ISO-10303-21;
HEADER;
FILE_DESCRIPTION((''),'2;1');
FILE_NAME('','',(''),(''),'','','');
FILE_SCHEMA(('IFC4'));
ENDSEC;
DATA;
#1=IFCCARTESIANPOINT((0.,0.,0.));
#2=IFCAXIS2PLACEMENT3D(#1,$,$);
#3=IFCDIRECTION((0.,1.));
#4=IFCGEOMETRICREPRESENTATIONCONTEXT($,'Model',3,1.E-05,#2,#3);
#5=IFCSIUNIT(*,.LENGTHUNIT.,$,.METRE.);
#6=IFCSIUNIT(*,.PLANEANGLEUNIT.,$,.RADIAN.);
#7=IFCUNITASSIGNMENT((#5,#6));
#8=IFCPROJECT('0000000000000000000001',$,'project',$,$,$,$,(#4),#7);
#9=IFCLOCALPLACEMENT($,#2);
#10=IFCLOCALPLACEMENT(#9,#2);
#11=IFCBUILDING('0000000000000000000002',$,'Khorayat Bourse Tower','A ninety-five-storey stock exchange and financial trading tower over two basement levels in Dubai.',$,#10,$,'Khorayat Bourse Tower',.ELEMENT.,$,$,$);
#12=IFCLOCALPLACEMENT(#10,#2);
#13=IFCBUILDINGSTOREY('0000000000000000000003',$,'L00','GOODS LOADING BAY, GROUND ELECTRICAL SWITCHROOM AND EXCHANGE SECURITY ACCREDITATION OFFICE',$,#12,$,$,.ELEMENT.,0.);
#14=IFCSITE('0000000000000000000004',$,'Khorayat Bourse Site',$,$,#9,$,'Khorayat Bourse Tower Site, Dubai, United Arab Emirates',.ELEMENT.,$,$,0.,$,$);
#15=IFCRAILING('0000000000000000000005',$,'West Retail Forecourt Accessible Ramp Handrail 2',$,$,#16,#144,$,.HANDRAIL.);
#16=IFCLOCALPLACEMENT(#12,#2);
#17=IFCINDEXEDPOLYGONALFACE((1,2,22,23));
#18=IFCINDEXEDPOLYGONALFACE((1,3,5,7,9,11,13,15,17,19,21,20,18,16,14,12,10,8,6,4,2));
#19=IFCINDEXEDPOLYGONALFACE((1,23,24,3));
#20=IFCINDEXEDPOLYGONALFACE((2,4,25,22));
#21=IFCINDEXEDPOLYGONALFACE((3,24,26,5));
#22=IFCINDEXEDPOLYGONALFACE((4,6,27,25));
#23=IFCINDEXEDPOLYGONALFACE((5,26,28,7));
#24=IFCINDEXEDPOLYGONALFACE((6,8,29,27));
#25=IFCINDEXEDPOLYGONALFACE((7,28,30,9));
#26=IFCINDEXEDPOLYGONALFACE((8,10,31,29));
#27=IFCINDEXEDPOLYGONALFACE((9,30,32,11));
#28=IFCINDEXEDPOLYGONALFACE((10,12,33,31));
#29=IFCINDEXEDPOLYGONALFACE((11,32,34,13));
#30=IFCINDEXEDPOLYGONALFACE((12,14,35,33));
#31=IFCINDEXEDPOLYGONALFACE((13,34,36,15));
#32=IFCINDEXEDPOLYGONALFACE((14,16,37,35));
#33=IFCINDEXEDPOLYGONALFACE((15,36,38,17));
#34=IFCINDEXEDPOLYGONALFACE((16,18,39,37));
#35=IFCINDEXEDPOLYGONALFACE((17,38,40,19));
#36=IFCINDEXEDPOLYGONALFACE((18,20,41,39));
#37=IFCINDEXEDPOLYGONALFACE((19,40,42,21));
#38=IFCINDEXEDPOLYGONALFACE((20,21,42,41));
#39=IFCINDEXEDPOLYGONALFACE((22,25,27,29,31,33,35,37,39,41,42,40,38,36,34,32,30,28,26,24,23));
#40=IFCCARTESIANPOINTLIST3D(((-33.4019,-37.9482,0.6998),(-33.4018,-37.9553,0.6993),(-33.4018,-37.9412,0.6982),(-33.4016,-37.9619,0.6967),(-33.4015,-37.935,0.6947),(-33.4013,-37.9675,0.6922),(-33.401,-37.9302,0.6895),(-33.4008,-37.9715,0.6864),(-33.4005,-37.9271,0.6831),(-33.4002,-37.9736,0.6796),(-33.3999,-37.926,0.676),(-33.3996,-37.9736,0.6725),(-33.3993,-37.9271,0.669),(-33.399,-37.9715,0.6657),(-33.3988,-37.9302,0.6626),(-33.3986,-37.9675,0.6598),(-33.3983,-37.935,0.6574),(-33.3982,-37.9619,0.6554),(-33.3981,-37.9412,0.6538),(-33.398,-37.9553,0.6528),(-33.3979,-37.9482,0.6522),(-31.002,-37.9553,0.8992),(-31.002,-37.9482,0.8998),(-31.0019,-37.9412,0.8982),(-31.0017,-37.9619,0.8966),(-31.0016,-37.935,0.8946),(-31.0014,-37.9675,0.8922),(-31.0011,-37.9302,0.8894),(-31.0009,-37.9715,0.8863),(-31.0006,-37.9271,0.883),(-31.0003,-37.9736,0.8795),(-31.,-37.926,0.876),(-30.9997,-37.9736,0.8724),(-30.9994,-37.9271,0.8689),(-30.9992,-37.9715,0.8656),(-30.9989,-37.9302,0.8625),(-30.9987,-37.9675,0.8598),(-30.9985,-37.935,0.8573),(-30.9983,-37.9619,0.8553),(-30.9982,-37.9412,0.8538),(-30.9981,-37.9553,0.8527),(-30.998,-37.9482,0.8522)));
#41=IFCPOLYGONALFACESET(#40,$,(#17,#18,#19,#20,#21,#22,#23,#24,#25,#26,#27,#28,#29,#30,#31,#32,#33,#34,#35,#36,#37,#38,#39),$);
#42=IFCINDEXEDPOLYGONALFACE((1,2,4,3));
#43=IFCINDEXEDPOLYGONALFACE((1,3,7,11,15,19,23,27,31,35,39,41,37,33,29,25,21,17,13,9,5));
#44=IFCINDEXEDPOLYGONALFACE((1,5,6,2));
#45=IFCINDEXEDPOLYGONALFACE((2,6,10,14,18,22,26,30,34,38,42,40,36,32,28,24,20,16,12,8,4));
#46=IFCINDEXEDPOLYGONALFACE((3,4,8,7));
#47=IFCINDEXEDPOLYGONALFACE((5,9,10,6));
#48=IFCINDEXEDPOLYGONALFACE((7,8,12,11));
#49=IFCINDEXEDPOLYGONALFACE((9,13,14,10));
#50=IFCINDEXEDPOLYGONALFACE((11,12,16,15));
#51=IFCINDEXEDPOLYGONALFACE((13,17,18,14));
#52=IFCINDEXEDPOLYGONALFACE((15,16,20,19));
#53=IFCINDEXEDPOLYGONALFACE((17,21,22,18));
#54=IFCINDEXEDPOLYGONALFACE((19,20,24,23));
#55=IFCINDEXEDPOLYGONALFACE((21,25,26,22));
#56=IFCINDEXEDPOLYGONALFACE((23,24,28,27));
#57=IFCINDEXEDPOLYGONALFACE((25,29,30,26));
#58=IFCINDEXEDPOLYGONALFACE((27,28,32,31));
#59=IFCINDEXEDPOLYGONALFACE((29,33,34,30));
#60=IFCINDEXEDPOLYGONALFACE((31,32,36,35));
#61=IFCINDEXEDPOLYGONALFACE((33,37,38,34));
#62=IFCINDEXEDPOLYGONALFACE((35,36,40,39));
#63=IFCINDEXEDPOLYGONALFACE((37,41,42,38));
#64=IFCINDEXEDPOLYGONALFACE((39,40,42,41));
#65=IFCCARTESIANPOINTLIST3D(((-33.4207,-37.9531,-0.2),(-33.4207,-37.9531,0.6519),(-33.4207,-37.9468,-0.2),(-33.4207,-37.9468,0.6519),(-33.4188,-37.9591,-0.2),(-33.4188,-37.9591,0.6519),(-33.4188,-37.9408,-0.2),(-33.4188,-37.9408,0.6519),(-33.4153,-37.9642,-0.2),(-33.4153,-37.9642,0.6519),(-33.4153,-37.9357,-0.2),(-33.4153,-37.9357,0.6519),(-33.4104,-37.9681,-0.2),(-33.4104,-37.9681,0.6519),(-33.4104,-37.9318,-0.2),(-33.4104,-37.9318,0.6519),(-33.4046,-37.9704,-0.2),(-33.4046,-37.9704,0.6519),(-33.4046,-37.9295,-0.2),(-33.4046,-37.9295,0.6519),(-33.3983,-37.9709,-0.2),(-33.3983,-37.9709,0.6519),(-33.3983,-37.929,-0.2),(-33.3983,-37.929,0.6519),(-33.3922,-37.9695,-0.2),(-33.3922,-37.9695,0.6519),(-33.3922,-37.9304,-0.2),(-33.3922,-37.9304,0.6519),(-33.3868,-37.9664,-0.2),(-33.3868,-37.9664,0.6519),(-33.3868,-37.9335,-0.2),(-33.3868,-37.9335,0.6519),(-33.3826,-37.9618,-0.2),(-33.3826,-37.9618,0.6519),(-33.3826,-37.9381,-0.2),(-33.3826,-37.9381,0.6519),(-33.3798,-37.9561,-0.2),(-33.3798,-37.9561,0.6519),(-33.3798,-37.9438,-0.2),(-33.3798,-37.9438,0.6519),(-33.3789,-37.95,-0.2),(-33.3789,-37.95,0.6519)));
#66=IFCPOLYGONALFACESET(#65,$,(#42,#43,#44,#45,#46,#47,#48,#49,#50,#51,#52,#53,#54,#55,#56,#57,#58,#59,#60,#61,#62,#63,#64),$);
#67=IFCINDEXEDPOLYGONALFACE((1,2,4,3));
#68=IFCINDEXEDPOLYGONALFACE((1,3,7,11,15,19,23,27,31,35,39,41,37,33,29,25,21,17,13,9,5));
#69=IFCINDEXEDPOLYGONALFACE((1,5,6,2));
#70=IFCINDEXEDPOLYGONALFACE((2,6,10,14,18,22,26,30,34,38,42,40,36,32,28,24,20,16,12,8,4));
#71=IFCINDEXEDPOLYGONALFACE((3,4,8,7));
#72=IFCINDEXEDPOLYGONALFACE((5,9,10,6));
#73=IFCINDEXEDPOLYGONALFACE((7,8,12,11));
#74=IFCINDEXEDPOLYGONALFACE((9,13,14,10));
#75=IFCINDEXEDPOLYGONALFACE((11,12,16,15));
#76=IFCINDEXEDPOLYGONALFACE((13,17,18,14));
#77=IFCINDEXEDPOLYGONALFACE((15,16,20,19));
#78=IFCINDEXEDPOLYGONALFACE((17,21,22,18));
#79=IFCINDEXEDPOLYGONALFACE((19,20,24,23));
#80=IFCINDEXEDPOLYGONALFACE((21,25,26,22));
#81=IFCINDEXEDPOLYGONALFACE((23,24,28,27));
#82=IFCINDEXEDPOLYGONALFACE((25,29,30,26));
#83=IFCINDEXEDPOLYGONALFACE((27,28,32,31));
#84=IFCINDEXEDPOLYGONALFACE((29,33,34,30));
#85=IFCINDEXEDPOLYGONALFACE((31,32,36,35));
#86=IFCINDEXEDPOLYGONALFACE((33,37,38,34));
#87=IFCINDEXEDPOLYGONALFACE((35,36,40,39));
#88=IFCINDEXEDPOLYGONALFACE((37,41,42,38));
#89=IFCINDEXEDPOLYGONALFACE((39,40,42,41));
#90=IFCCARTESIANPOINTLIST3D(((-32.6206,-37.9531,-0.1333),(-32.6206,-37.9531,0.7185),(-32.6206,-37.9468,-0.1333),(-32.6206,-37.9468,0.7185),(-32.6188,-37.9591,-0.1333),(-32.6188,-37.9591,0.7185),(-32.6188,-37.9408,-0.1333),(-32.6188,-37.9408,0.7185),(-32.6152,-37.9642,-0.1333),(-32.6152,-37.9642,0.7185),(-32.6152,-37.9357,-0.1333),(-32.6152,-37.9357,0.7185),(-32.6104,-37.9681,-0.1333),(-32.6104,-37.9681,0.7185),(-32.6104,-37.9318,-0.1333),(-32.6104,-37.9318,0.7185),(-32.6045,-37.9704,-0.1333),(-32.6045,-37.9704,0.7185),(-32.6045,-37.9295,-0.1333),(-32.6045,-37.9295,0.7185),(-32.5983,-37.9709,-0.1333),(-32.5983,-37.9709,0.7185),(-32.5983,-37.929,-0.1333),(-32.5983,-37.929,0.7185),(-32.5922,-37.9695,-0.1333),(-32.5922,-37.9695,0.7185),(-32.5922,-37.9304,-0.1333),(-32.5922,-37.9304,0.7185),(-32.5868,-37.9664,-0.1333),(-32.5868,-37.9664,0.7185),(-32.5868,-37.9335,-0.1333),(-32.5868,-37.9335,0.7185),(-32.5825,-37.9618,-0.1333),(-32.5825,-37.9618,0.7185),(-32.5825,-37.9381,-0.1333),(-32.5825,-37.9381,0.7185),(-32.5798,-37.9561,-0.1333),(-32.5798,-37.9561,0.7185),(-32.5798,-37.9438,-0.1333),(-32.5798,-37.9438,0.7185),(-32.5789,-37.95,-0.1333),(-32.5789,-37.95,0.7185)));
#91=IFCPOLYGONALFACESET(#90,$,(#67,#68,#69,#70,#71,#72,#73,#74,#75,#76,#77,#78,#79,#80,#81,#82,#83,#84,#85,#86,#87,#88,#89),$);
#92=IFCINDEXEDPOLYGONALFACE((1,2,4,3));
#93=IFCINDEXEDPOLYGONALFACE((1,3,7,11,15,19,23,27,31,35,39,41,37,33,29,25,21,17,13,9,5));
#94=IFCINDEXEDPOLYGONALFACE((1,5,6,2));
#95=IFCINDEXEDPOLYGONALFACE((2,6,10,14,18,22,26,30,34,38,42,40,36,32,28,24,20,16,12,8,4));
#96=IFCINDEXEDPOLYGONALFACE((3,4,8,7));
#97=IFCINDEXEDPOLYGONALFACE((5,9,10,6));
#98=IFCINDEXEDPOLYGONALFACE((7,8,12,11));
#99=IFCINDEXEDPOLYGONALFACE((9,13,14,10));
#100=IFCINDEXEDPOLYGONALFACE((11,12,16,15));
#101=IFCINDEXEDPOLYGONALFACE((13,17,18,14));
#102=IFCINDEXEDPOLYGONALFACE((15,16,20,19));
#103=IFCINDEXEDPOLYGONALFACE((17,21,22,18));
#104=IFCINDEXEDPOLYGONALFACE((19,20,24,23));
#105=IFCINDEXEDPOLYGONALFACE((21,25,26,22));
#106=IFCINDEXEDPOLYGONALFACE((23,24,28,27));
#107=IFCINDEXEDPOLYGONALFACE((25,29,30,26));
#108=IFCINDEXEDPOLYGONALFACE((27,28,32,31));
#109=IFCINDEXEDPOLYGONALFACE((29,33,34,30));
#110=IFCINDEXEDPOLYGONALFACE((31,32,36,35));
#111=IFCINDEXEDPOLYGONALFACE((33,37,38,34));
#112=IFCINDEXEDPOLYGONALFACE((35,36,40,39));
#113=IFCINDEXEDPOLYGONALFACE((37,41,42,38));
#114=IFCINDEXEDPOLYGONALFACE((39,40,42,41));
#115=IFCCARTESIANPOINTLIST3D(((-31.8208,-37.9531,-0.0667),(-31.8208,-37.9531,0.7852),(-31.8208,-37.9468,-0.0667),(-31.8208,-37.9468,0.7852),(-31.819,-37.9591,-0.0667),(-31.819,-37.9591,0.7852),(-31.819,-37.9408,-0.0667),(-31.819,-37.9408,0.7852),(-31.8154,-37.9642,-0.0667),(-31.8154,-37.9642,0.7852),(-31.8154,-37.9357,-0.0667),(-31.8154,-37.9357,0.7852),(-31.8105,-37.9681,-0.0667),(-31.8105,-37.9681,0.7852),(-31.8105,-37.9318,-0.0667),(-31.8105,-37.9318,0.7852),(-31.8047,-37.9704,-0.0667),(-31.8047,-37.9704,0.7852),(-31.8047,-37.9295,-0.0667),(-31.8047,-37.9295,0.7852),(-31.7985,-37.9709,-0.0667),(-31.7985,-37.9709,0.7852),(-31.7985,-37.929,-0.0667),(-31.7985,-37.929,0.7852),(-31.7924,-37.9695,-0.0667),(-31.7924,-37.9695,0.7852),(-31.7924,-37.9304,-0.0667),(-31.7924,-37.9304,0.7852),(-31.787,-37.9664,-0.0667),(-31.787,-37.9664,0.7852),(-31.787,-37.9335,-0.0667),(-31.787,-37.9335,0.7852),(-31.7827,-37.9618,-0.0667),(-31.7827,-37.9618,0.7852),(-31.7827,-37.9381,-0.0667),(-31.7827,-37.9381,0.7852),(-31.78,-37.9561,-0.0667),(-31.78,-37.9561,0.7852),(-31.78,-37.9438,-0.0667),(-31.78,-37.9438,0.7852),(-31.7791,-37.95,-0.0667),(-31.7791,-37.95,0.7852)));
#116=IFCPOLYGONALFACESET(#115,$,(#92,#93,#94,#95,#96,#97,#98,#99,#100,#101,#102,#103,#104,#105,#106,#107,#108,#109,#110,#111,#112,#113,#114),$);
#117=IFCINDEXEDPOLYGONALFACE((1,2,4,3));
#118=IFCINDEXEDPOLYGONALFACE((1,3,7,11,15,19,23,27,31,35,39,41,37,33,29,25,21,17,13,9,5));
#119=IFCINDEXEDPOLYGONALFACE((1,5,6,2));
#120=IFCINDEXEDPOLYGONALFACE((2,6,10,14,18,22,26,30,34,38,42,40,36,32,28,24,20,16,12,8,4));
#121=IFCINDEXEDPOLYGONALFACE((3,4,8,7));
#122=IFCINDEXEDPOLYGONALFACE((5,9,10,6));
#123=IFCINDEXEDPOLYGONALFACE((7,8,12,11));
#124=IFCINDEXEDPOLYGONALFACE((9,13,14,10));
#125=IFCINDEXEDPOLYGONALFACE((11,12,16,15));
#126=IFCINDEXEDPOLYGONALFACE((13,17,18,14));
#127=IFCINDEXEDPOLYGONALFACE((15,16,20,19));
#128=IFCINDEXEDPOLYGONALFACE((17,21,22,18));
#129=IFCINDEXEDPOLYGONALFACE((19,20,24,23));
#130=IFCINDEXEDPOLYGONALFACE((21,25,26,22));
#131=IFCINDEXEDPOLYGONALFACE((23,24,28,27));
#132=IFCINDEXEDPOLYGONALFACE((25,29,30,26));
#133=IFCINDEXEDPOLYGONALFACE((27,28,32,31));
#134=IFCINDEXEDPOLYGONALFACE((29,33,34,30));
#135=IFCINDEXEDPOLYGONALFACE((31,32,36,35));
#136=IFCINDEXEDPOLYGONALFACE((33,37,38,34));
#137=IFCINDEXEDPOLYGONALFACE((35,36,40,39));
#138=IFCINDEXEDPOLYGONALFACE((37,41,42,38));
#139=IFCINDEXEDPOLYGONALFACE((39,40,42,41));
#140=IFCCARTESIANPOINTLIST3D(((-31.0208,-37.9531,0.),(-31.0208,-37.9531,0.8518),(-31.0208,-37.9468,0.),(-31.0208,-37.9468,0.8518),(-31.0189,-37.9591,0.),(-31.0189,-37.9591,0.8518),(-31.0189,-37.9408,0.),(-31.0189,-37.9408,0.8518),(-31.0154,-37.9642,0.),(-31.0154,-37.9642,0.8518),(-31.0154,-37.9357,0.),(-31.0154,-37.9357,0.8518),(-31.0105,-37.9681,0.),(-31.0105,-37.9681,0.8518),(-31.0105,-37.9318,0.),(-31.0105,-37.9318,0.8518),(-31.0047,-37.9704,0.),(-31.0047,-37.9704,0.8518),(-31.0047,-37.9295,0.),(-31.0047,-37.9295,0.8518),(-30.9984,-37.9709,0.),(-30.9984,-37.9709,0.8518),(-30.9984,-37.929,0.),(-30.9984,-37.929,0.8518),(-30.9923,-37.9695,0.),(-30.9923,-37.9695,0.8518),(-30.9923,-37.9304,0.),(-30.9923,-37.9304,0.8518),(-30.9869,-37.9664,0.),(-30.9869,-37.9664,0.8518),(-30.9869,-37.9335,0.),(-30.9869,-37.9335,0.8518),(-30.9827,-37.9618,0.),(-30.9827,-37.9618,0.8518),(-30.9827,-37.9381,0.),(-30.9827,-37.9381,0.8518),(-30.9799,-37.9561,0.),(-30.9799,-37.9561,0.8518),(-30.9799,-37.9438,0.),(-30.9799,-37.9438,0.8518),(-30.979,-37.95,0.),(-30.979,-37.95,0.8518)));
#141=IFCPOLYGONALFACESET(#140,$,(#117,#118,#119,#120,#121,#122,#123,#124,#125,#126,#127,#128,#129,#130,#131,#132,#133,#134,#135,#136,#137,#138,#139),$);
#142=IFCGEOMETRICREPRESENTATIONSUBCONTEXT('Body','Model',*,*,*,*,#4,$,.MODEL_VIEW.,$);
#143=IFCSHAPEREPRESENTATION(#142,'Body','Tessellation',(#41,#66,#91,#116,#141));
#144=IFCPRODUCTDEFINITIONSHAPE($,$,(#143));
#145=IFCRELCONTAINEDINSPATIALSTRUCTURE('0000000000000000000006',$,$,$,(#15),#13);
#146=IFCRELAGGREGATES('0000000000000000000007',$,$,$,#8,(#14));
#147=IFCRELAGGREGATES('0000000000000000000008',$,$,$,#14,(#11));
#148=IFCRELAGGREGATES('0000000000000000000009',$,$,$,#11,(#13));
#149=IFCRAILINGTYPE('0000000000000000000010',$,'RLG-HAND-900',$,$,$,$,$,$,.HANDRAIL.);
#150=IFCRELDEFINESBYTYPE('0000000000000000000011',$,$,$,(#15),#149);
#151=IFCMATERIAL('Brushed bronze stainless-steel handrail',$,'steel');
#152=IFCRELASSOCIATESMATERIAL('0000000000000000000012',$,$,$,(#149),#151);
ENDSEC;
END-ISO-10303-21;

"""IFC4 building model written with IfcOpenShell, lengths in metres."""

from ifc_helpers import new_model, si_unit, direction, frame, origin, origin_2d, place, context, subcontext, project, spatial, circle, extrude, source, transform, mapped, material, type_object, element, save


model = new_model("IFC4")

# Units and contexts
model_context = context("Model", 3, precision=1e-05, world=origin(), true_north=direction((0.0, 1.0)))
body_context = subcontext(model_context, "Body", "Model", "MODEL_VIEW")
ifc_project = project(units=[si_unit("LENGTHUNIT", "METRE"), si_unit("PLANEANGLEUNIT", "RADIAN")], contexts=[model_context])

# Site, building, storey
site_placement = place(None, origin())
site = spatial("IfcSite", under=ifc_project, at=site_placement, Name="Khorayat Bourse Site", LongName="Khorayat Bourse Tower Site, Dubai, United Arab Emirates", CompositionType="ELEMENT", RefElevation=0.0)
building_placement = place(site_placement, origin())
building = spatial("IfcBuilding", under=site, at=building_placement, Name="Khorayat Bourse Tower", Description="A ninety-five-storey stock exchange and financial trading tower over two basement levels in Dubai.", LongName="Khorayat Bourse Tower", CompositionType="ELEMENT")
storey_placement = place(building_placement, origin())
storey = spatial("IfcBuildingStorey", under=building, at=storey_placement, Name="L00", Description="GOODS LOADING BAY, GROUND ELECTRICAL SWITCHROOM AND EXCHANGE SECURITY ACCREDITATION OFFICE", CompositionType="ELEMENT", Elevation=0.0)

# Railing
ifc_material_1 = material(Name="Brushed bronze stainless-steel handrail", Category="steel")
railing_type = type_object("IfcRailingType", Name="RLG-HAND-900", PredefinedType="HANDRAIL", material=ifc_material_1)
shared_shape_1 = source(origin(), body_context, "Body", "SweptSolid", [
    extrude(circle(Radius=0.0239, at=origin_2d()), frame((0.0, 0.0, 0.876), z_axis=(0.996547, 0.0, 0.083029), x_axis=(0.0, 1.0, 0.0)), (0.0, 0.0, 1.0), 2.4082),
    extrude(circle(Radius=0.021, at=origin_2d()), origin(), (0.0, 0.0, 1.0), 0.8518),
    extrude(circle(Radius=0.021, at=origin_2d()), frame((0.8, 0.0, 0.0667)), (0.0, 0.0, 1.0), 0.8518),
    extrude(circle(Radius=0.021, at=origin_2d()), frame((1.5999, 0.0, 0.1333)), (0.0, 0.0, 1.0), 0.8518),
    extrude(circle(Radius=0.021, at=origin_2d()), frame((2.3999, 0.0, 0.2)), (0.0, 0.0, 1.0), 0.8518),
])
for number, where, name in (
    (1, (-33.3999, -37.95, -0.2), "West Retail Forecourt Accessible Ramp Handrail 2"),
):
    element("IfcRailing", number, at=place(storey_placement, frame(where)), inside=storey, type_object=railing_type, Name=name, PredefinedType="HANDRAIL", context=body_context, shape_type="MappedRepresentation", body=[
        mapped(shared_shape_1, transform((0.0, 0.0, 0.0), scale=1.0)),
    ])

save(model, "model.ifc")
